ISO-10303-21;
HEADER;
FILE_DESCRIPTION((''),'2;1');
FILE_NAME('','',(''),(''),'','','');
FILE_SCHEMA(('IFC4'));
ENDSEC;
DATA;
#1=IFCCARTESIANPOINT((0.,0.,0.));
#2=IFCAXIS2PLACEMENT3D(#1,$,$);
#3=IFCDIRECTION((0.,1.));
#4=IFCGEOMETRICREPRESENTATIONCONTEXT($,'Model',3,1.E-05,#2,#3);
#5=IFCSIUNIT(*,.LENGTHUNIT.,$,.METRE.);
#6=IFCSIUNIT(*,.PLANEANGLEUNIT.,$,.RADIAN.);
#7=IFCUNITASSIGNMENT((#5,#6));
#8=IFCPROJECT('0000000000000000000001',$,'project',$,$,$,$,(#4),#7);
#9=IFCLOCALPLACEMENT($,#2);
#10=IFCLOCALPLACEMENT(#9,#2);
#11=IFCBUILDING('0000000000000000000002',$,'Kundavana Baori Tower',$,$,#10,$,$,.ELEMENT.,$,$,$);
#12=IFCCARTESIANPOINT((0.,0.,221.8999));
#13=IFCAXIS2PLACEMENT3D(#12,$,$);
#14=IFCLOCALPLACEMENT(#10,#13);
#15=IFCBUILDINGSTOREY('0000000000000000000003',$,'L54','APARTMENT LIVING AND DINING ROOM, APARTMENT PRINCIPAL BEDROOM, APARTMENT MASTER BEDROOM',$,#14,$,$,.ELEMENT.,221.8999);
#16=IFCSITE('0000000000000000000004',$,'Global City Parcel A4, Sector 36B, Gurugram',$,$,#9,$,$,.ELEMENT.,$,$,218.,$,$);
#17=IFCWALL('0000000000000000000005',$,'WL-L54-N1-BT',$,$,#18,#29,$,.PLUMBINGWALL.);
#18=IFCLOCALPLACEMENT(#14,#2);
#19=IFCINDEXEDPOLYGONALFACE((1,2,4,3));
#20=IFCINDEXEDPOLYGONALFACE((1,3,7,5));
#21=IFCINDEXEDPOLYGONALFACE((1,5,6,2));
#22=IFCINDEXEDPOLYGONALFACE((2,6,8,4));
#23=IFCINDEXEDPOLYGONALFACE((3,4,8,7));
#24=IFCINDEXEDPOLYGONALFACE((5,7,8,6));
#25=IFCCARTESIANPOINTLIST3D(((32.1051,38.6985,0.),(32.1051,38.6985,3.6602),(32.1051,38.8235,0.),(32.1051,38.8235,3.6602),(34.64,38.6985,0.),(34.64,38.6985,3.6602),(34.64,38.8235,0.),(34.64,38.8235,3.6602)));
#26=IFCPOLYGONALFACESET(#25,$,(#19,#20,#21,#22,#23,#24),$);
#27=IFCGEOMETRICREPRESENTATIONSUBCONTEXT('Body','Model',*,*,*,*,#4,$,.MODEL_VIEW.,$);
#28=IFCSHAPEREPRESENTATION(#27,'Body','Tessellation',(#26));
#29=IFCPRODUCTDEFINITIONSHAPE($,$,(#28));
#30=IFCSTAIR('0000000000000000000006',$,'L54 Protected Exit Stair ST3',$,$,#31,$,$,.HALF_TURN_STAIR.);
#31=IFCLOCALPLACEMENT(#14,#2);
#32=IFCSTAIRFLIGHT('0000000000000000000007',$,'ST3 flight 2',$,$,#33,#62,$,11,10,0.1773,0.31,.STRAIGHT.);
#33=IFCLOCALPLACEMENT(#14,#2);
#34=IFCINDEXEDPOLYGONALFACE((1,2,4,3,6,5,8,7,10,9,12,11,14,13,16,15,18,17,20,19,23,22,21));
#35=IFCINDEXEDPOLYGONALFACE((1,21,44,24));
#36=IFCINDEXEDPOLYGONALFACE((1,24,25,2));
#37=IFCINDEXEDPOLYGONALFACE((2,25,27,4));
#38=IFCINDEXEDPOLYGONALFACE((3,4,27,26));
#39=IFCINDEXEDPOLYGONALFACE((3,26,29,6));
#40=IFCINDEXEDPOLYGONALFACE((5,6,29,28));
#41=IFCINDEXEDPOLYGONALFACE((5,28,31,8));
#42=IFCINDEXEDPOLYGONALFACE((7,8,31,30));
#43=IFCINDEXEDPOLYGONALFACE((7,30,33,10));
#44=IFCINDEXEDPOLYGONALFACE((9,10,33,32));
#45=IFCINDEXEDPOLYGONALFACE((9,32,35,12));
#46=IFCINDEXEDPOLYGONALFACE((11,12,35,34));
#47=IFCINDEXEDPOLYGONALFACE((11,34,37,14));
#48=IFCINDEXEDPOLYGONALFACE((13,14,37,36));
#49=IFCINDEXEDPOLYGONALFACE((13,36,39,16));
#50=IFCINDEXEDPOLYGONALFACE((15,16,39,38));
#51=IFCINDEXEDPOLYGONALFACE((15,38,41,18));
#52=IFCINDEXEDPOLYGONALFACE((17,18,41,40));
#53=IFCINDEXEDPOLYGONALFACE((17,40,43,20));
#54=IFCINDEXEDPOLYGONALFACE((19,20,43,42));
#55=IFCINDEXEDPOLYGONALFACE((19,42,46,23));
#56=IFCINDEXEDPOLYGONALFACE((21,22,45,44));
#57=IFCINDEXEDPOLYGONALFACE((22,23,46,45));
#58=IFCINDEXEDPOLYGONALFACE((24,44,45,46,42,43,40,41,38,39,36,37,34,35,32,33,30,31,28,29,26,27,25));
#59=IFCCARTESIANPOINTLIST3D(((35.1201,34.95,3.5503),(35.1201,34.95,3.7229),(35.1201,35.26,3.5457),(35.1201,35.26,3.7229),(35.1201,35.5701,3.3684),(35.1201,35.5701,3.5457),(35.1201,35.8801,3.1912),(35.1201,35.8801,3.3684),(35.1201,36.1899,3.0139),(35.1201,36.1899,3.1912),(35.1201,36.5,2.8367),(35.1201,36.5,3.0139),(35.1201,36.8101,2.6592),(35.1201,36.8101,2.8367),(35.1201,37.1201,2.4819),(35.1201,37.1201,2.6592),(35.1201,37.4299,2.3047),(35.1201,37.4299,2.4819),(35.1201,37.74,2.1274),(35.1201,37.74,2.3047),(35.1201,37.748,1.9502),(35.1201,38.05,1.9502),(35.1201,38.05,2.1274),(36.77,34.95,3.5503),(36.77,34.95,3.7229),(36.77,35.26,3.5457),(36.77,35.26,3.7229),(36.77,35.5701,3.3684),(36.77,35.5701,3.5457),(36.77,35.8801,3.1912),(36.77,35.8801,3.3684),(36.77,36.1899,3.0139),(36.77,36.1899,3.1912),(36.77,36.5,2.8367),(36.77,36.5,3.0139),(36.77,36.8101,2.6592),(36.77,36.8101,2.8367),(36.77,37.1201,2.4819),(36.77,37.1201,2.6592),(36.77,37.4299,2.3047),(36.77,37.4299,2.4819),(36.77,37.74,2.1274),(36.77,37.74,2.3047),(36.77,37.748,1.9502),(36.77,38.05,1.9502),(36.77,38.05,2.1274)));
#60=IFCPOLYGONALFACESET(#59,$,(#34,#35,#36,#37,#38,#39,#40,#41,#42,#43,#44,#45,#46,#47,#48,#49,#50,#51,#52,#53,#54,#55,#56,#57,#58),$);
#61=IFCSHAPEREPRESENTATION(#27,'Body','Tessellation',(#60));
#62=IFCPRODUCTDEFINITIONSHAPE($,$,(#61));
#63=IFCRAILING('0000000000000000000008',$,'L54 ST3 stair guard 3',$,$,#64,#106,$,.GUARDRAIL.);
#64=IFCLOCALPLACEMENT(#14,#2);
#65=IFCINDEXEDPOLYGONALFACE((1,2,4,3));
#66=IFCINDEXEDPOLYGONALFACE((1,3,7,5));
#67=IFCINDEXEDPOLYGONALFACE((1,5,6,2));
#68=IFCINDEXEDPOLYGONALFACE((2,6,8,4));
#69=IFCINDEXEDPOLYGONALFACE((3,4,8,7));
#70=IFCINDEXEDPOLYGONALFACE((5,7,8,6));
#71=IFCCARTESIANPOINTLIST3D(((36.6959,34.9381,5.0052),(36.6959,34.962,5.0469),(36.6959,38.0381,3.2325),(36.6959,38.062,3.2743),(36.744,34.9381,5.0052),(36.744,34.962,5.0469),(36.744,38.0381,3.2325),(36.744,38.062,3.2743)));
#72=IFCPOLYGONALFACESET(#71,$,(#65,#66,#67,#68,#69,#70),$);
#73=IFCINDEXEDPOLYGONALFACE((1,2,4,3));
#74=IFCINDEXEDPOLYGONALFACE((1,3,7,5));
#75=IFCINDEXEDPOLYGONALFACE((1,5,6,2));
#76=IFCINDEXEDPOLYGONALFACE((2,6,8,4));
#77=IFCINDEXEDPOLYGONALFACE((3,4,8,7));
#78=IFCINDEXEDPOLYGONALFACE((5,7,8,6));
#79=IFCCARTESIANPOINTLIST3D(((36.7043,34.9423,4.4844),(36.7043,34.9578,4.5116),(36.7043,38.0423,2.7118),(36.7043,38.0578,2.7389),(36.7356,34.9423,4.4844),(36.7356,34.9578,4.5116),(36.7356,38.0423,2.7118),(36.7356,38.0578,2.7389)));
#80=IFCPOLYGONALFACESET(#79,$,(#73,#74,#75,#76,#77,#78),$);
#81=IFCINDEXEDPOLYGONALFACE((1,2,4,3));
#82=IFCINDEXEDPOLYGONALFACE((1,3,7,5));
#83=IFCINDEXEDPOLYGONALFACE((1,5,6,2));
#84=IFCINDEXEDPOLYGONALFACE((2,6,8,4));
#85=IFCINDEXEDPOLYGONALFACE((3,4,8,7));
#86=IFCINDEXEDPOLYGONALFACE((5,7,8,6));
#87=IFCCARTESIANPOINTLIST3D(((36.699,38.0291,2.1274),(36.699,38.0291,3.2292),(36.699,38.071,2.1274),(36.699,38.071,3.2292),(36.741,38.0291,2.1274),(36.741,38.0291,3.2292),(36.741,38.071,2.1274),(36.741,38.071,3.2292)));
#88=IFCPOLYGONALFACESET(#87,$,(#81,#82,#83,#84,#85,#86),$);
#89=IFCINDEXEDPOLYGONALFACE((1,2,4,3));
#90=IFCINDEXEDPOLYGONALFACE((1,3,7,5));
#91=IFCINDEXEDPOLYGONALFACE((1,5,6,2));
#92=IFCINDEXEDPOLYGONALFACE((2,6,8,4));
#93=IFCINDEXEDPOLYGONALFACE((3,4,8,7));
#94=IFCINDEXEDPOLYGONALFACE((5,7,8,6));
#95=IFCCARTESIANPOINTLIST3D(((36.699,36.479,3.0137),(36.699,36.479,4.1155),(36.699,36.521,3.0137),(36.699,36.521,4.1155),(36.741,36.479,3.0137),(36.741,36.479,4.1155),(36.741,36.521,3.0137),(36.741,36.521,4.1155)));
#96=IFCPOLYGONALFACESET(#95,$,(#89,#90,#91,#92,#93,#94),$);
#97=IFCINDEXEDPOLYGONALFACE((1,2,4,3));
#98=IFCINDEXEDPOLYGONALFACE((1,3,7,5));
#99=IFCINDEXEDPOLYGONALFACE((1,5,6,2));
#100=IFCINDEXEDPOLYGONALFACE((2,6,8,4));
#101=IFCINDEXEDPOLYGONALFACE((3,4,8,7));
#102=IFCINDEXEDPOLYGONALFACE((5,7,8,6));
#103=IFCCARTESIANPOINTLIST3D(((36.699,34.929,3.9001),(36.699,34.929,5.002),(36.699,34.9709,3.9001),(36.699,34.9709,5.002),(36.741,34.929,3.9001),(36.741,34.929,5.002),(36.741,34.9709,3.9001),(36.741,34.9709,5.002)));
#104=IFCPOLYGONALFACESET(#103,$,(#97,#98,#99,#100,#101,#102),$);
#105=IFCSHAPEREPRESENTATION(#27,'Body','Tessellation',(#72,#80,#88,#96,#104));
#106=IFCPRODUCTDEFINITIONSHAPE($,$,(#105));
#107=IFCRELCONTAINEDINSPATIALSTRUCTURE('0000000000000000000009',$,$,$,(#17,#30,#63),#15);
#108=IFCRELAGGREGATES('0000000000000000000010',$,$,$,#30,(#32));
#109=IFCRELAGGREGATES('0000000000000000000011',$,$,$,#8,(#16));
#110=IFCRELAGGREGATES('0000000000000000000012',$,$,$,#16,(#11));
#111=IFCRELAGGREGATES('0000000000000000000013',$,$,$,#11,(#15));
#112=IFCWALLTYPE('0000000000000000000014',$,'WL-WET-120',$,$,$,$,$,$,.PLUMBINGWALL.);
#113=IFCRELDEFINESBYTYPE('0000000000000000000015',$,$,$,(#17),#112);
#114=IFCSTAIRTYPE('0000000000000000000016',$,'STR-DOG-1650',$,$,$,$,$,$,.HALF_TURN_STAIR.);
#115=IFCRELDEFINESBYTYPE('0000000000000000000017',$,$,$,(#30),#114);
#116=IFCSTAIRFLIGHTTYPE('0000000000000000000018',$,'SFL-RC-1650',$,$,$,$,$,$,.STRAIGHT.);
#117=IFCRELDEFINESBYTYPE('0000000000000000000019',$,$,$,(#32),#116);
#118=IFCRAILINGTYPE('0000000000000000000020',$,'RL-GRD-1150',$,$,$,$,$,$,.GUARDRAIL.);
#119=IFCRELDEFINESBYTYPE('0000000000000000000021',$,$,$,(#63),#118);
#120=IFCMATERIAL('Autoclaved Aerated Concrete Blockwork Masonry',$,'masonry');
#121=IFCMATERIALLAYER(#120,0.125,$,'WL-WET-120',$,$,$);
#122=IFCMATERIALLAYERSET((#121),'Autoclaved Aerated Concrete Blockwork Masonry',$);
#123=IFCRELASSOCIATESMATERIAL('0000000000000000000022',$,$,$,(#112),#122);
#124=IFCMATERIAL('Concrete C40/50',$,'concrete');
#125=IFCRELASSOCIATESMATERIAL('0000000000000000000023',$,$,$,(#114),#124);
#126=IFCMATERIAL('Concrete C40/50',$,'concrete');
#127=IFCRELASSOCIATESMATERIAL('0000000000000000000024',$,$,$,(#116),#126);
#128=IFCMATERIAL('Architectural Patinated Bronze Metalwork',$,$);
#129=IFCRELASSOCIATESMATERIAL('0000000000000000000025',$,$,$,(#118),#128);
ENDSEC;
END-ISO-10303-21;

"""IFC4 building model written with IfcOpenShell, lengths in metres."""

from ifc_helpers import new_model, si_unit, direction, frame, frame_2d, origin, origin_2d, place, context, subcontext, project, spatial, polyline, rectangle, outline, extrude, material, layer, layer_set, type_object, element, aggregate, save


model = new_model("IFC4")

# Units and contexts
model_context = context("Model", 3, precision=1e-05, world=origin(), true_north=direction((0.0, 1.0)))
body_context = subcontext(model_context, "Body", "Model", "MODEL_VIEW")
ifc_project = project(units=[si_unit("LENGTHUNIT", "METRE"), si_unit("PLANEANGLEUNIT", "RADIAN")], contexts=[model_context])

# Site, building, storey
site_placement = place(None, origin())
site = spatial("IfcSite", under=ifc_project, at=site_placement, Name="Global City Parcel A4, Sector 36B, Gurugram", CompositionType="ELEMENT", RefElevation=218.0)
building_placement = place(site_placement, origin())
building = spatial("IfcBuilding", under=site, at=building_placement, Name="Kundavana Baori Tower", CompositionType="ELEMENT")
storey_placement = place(building_placement, frame((0.0, 0.0, 221.8999)))
storey = spatial("IfcBuildingStorey", under=building, at=storey_placement, Name="L54", Description="APARTMENT LIVING AND DINING ROOM, APARTMENT PRINCIPAL BEDROOM, APARTMENT MASTER BEDROOM", CompositionType="ELEMENT", Elevation=221.8999)

# Wall
ifc_material_1 = material(Name="Autoclaved Aerated Concrete Blockwork Masonry", Category="masonry")
ifc_layer_1 = layer(ifc_material_1, 0.125, Name="WL-WET-120")
ifc_layer_set_1 = layer_set([ifc_layer_1], Name="Autoclaved Aerated Concrete Blockwork Masonry")
wall_type_1 = type_object("IfcWallType", Name="WL-WET-120", PredefinedType="PLUMBINGWALL", material=ifc_layer_set_1)
wall_1_placement = place(storey_placement, frame((32.105, 38.761, 0.0), z_axis=(0.0, 0.0, 1.0), x_axis=(1.0, 0.0, 0.0)))
element("IfcWall", 1, at=wall_1_placement, inside=storey, type_object=wall_type_1, Name="WL-L54-N1-BT", PredefinedType="PLUMBINGWALL", context=body_context, shape_type="SweptSolid", body=[
    extrude(rectangle(XDim=2.5349, YDim=0.125, at=frame_2d((1.2676, 0.0))), origin(), (0.0, 0.0, 1.0), 3.6602),
])

# Stair, stair flight
ifc_material_2 = material(Name="Concrete C40/50", Category="concrete")
stair_type = type_object("IfcStairType", Name="STR-DOG-1650", PredefinedType="HALF_TURN_STAIR", material=ifc_material_2)
stair_placement = place(storey_placement, origin())
stair = element("IfcStair", 2, at=stair_placement, inside=storey, type_object=stair_type, Name="L54 Protected Exit Stair ST3", PredefinedType="HALF_TURN_STAIR")
ifc_material_3 = material(Name="Concrete C40/50", Category="concrete")
stair_flight_type = type_object("IfcStairFlightType", Name="SFL-RC-1650", PredefinedType="STRAIGHT", material=ifc_material_3)
stair_flight_placement = place(storey_placement, frame((35.9451, 38.05, 1.9502), z_axis=(0.0, 0.0, 1.0), x_axis=(0.0, -1.0, 0.0)))
stair_flight = element("IfcStairFlight", 3, at=stair_flight_placement, type_object=stair_flight_type, Name="ST3 flight 2", NumberOfRisers=11, NumberOfTreads=10, PredefinedType="STRAIGHT", RiserHeight=0.1773, TreadLength=0.31, context=body_context, shape_type="SweptSolid", body=[
    extrude(outline(polyline([(0.0, 0.0), (0.0, 0.1772), (0.3101, 0.1772), (0.3101, 0.3545), (0.6201, 0.3545), (0.6201, 0.5317), (0.9299, 0.5317), (0.9299, 0.709), (1.24, 0.709), (1.24, 0.8865), (1.55, 0.8865), (1.55, 1.0637), (1.8601, 1.0637), (1.8601, 1.241), (2.1699, 1.241), (2.1699, 1.4182), (2.48, 1.4182), (2.48, 1.5955), (2.79, 1.5955), (2.79, 1.7727), (3.1001, 1.7727), (3.1001, 1.95), (3.1001, 1.6001), (0.302, 0.0), (0.0, 0.0)])), frame((0.0, 0.825, 0.0), z_axis=(0.0, -1.0, 0.0), x_axis=(1.0, 0.0, 0.0)), (0.0, 0.0, 1.0), 1.6499),
])
aggregate(stair, [stair_flight])

# Railing
ifc_material_4 = material(Name="Architectural Patinated Bronze Metalwork")
railing_type = type_object("IfcRailingType", Name="RL-GRD-1150", PredefinedType="GUARDRAIL", material=ifc_material_4)
railing_placement = place(storey_placement, frame((36.72, 38.05, 2.1274)))
element("IfcRailing", 4, at=railing_placement, inside=storey, type_object=railing_type, Name="L54 ST3 stair guard 3", PredefinedType="GUARDRAIL", context=body_context, shape_type="SweptSolid", body=[
    extrude(rectangle(XDim=0.0481, YDim=0.0481, at=origin_2d()), frame((0.0, 0.0, 1.126), z_axis=(0.0, -0.868096, 0.496397), x_axis=(1.0, 0.0, 0.0)), (0.0, 0.0, 1.0), 3.571),
    extrude(rectangle(XDim=0.0312, YDim=0.0312, at=origin_2d()), frame((0.0, 0.0, 0.5979), z_axis=(0.0, -0.868096, 0.496397), x_axis=(1.0, 0.0, 0.0)), (0.0, 0.0, 1.0), 3.571),
    extrude(rectangle(XDim=0.042, YDim=0.042, at=origin_2d()), origin(), (0.0, 0.0, 1.0), 1.1018),
    extrude(rectangle(XDim=0.042, YDim=0.042, at=origin_2d()), frame((0.0, -1.55, 0.8862)), (0.0, 0.0, 1.0), 1.1018),
    extrude(rectangle(XDim=0.042, YDim=0.042, at=origin_2d()), frame((0.0, -3.1001, 1.7727)), (0.0, 0.0, 1.0), 1.1018),
])

save(model, "model.ifc")
